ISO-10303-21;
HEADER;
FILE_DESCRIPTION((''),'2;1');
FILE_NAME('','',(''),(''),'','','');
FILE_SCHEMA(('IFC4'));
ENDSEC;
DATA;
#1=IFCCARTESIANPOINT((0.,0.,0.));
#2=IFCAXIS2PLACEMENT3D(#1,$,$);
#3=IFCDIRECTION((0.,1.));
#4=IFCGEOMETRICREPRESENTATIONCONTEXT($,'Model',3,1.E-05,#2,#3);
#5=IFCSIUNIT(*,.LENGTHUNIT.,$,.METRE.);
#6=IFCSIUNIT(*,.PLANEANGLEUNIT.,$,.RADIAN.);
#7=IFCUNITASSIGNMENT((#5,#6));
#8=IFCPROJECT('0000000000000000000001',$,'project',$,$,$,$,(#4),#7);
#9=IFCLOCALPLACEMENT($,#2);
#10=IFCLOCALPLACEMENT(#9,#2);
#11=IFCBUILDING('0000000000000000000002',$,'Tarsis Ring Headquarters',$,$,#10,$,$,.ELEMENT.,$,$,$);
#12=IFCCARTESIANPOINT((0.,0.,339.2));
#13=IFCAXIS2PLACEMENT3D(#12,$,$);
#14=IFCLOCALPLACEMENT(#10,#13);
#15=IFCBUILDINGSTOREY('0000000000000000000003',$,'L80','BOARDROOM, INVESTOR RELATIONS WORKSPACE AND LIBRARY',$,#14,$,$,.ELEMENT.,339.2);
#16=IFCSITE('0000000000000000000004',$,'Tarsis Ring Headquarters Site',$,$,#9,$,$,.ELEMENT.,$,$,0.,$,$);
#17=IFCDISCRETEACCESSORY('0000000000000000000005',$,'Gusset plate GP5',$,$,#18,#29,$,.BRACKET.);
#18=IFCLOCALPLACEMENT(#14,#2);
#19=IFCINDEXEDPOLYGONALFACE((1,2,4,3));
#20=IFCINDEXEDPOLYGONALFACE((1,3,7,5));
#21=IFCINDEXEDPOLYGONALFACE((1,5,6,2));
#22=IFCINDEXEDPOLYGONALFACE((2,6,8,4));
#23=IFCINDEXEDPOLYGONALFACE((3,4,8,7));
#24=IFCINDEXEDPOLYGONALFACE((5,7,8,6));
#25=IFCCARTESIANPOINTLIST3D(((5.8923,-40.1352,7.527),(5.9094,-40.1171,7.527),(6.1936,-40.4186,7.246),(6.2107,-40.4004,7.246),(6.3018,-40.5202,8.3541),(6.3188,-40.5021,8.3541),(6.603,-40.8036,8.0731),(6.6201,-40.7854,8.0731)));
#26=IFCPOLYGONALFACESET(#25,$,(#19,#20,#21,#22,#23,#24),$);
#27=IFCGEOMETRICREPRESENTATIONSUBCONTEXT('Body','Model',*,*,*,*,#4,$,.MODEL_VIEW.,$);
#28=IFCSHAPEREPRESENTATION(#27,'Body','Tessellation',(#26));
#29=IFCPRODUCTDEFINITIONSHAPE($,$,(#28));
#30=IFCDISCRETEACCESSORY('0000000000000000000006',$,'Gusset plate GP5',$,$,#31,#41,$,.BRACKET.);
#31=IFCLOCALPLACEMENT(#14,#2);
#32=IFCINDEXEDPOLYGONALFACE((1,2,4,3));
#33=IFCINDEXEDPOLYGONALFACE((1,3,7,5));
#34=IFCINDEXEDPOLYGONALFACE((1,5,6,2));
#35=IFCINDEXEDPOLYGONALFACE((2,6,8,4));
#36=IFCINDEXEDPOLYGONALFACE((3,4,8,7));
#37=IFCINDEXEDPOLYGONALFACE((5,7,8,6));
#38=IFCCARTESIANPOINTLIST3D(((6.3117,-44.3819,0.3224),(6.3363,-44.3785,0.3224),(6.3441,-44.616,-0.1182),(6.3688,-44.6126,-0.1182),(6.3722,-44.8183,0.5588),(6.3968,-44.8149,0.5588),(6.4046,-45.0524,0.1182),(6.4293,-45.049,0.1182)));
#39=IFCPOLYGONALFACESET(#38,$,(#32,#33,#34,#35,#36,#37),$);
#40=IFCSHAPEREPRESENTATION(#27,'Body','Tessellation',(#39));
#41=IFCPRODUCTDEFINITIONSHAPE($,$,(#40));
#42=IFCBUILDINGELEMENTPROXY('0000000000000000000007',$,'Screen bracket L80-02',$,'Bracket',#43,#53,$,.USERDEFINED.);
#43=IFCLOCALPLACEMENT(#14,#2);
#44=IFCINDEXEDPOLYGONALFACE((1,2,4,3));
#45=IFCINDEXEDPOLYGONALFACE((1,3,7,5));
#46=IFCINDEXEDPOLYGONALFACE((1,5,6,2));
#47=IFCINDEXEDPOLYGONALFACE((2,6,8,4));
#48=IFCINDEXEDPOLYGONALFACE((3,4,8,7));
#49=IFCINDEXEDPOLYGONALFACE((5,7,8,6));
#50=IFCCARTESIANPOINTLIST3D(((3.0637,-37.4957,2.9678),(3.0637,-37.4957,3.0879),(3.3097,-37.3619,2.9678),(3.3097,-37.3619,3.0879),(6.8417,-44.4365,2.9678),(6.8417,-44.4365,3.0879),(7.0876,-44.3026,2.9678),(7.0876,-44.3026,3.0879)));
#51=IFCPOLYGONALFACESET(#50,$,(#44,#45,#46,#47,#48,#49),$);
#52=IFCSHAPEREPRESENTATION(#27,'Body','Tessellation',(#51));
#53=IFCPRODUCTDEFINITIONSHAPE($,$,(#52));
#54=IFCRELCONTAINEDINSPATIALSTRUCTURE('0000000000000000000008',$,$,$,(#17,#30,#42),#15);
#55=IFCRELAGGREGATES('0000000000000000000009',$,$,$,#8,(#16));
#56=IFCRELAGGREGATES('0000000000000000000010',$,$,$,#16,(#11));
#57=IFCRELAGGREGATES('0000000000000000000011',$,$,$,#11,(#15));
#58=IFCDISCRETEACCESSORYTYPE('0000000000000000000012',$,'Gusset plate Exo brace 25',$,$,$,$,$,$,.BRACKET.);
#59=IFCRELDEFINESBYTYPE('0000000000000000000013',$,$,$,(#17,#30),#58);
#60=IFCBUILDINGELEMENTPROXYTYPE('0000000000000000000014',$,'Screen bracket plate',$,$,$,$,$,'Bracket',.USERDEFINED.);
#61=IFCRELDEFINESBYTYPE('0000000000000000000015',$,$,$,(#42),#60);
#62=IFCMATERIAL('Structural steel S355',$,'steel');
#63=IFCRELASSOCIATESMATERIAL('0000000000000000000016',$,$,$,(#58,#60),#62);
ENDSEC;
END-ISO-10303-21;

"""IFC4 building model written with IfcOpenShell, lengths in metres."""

from ifc_helpers import new_model, si_unit, direction, frame, origin, origin_2d, place, context, subcontext, project, spatial, rectangle, extrude, material, material_profile, profile_set, type_object, element, save


model = new_model("IFC4")

# Units and contexts
model_context = context("Model", 3, precision=1e-05, world=origin(), true_north=direction((0.0, 1.0)))
body_context = subcontext(model_context, "Body", "Model", "MODEL_VIEW")
ifc_project = project(units=[si_unit("LENGTHUNIT", "METRE"), si_unit("PLANEANGLEUNIT", "RADIAN")], contexts=[model_context])

# Site, building, storey
site_placement = place(None, origin())
site = spatial("IfcSite", under=ifc_project, at=site_placement, Name="Tarsis Ring Headquarters Site", CompositionType="ELEMENT", RefElevation=0.0)
building_placement = place(site_placement, origin())
building = spatial("IfcBuilding", under=site, at=building_placement, Name="Tarsis Ring Headquarters", CompositionType="ELEMENT")
storey_placement = place(building_placement, frame((0.0, 0.0, 339.2)))
storey = spatial("IfcBuildingStorey", under=building, at=storey_placement, Name="L80", Description="BOARDROOM, INVESTOR RELATIONS WORKSPACE AND LIBRARY", CompositionType="ELEMENT", Elevation=339.2)

# Shared definitions
ifc_material_1 = material(Name="Structural steel S355", Category="steel")

# Discrete accessories
ifc_material_profile_1 = material_profile(ifc_material_1, rectangle(XDim=0.0249, YDim=0.5, at=origin_2d()), Name="PL 25x500")
ifc_profile_set_1 = profile_set([ifc_material_profile_1], Name="Structural steel S355")
discrete_accessory_type = type_object("IfcDiscreteAccessoryType", Name="Gusset plate Exo brace 25", PredefinedType="BRACKET", material=ifc_profile_set_1)
discrete_accessory_1_placement = place(storey_placement, frame((6.0515, -40.2678, 7.3865), z_axis=(0.409417, -0.385003, 0.827134), x_axis=(0.685053, 0.728493, 0.0)))
element("IfcDiscreteAccessory", 1, at=discrete_accessory_1_placement, inside=storey, type_object=discrete_accessory_type, Name="Gusset plate GP5", PredefinedType="BRACKET", context=body_context, shape_type="SweptSolid", body=[
    extrude(rectangle(XDim=0.0249, YDim=0.5, at=origin_2d()), origin(), (0.0, 0.0, 1.0), 1.0),
])
discrete_accessory_2_placement = place(storey_placement, frame((6.3867, -44.8325, 0.0), z_axis=(-0.064933, 0.468201, 0.881233), x_axis=(-0.99052, -0.137371, 0.0)))
element("IfcDiscreteAccessory", 2, at=discrete_accessory_2_placement, inside=storey, type_object=discrete_accessory_type, Name="Gusset plate GP5", PredefinedType="BRACKET", context=body_context, shape_type="SweptSolid", body=[
    extrude(rectangle(XDim=0.0249, YDim=0.5, at=origin_2d()), origin(), (0.0, 0.0, 1.0), 0.5),
])

# Building element proxy
building_element_proxy_type = type_object("IfcBuildingElementProxyType", Name="Screen bracket plate", ElementType="Bracket", PredefinedType="USERDEFINED", material=ifc_material_1)
proxy_placement = place(storey_placement, frame((5.0757, -40.8992, 2.9678), z_axis=(0.0, 0.0, 1.0), x_axis=(0.478079, -0.878317, 0.0)))
element("IfcBuildingElementProxy", 3, at=proxy_placement, inside=storey, type_object=building_element_proxy_type, Name="Screen bracket L80-02", ObjectType="Bracket", PredefinedType="USERDEFINED", context=body_context, shape_type="SweptSolid", body=[
    extrude(rectangle(XDim=7.9023, YDim=0.28, at=origin_2d()), origin(), (0.0, 0.0, 1.0), 0.1201),
])

save(model, "model.ifc")
